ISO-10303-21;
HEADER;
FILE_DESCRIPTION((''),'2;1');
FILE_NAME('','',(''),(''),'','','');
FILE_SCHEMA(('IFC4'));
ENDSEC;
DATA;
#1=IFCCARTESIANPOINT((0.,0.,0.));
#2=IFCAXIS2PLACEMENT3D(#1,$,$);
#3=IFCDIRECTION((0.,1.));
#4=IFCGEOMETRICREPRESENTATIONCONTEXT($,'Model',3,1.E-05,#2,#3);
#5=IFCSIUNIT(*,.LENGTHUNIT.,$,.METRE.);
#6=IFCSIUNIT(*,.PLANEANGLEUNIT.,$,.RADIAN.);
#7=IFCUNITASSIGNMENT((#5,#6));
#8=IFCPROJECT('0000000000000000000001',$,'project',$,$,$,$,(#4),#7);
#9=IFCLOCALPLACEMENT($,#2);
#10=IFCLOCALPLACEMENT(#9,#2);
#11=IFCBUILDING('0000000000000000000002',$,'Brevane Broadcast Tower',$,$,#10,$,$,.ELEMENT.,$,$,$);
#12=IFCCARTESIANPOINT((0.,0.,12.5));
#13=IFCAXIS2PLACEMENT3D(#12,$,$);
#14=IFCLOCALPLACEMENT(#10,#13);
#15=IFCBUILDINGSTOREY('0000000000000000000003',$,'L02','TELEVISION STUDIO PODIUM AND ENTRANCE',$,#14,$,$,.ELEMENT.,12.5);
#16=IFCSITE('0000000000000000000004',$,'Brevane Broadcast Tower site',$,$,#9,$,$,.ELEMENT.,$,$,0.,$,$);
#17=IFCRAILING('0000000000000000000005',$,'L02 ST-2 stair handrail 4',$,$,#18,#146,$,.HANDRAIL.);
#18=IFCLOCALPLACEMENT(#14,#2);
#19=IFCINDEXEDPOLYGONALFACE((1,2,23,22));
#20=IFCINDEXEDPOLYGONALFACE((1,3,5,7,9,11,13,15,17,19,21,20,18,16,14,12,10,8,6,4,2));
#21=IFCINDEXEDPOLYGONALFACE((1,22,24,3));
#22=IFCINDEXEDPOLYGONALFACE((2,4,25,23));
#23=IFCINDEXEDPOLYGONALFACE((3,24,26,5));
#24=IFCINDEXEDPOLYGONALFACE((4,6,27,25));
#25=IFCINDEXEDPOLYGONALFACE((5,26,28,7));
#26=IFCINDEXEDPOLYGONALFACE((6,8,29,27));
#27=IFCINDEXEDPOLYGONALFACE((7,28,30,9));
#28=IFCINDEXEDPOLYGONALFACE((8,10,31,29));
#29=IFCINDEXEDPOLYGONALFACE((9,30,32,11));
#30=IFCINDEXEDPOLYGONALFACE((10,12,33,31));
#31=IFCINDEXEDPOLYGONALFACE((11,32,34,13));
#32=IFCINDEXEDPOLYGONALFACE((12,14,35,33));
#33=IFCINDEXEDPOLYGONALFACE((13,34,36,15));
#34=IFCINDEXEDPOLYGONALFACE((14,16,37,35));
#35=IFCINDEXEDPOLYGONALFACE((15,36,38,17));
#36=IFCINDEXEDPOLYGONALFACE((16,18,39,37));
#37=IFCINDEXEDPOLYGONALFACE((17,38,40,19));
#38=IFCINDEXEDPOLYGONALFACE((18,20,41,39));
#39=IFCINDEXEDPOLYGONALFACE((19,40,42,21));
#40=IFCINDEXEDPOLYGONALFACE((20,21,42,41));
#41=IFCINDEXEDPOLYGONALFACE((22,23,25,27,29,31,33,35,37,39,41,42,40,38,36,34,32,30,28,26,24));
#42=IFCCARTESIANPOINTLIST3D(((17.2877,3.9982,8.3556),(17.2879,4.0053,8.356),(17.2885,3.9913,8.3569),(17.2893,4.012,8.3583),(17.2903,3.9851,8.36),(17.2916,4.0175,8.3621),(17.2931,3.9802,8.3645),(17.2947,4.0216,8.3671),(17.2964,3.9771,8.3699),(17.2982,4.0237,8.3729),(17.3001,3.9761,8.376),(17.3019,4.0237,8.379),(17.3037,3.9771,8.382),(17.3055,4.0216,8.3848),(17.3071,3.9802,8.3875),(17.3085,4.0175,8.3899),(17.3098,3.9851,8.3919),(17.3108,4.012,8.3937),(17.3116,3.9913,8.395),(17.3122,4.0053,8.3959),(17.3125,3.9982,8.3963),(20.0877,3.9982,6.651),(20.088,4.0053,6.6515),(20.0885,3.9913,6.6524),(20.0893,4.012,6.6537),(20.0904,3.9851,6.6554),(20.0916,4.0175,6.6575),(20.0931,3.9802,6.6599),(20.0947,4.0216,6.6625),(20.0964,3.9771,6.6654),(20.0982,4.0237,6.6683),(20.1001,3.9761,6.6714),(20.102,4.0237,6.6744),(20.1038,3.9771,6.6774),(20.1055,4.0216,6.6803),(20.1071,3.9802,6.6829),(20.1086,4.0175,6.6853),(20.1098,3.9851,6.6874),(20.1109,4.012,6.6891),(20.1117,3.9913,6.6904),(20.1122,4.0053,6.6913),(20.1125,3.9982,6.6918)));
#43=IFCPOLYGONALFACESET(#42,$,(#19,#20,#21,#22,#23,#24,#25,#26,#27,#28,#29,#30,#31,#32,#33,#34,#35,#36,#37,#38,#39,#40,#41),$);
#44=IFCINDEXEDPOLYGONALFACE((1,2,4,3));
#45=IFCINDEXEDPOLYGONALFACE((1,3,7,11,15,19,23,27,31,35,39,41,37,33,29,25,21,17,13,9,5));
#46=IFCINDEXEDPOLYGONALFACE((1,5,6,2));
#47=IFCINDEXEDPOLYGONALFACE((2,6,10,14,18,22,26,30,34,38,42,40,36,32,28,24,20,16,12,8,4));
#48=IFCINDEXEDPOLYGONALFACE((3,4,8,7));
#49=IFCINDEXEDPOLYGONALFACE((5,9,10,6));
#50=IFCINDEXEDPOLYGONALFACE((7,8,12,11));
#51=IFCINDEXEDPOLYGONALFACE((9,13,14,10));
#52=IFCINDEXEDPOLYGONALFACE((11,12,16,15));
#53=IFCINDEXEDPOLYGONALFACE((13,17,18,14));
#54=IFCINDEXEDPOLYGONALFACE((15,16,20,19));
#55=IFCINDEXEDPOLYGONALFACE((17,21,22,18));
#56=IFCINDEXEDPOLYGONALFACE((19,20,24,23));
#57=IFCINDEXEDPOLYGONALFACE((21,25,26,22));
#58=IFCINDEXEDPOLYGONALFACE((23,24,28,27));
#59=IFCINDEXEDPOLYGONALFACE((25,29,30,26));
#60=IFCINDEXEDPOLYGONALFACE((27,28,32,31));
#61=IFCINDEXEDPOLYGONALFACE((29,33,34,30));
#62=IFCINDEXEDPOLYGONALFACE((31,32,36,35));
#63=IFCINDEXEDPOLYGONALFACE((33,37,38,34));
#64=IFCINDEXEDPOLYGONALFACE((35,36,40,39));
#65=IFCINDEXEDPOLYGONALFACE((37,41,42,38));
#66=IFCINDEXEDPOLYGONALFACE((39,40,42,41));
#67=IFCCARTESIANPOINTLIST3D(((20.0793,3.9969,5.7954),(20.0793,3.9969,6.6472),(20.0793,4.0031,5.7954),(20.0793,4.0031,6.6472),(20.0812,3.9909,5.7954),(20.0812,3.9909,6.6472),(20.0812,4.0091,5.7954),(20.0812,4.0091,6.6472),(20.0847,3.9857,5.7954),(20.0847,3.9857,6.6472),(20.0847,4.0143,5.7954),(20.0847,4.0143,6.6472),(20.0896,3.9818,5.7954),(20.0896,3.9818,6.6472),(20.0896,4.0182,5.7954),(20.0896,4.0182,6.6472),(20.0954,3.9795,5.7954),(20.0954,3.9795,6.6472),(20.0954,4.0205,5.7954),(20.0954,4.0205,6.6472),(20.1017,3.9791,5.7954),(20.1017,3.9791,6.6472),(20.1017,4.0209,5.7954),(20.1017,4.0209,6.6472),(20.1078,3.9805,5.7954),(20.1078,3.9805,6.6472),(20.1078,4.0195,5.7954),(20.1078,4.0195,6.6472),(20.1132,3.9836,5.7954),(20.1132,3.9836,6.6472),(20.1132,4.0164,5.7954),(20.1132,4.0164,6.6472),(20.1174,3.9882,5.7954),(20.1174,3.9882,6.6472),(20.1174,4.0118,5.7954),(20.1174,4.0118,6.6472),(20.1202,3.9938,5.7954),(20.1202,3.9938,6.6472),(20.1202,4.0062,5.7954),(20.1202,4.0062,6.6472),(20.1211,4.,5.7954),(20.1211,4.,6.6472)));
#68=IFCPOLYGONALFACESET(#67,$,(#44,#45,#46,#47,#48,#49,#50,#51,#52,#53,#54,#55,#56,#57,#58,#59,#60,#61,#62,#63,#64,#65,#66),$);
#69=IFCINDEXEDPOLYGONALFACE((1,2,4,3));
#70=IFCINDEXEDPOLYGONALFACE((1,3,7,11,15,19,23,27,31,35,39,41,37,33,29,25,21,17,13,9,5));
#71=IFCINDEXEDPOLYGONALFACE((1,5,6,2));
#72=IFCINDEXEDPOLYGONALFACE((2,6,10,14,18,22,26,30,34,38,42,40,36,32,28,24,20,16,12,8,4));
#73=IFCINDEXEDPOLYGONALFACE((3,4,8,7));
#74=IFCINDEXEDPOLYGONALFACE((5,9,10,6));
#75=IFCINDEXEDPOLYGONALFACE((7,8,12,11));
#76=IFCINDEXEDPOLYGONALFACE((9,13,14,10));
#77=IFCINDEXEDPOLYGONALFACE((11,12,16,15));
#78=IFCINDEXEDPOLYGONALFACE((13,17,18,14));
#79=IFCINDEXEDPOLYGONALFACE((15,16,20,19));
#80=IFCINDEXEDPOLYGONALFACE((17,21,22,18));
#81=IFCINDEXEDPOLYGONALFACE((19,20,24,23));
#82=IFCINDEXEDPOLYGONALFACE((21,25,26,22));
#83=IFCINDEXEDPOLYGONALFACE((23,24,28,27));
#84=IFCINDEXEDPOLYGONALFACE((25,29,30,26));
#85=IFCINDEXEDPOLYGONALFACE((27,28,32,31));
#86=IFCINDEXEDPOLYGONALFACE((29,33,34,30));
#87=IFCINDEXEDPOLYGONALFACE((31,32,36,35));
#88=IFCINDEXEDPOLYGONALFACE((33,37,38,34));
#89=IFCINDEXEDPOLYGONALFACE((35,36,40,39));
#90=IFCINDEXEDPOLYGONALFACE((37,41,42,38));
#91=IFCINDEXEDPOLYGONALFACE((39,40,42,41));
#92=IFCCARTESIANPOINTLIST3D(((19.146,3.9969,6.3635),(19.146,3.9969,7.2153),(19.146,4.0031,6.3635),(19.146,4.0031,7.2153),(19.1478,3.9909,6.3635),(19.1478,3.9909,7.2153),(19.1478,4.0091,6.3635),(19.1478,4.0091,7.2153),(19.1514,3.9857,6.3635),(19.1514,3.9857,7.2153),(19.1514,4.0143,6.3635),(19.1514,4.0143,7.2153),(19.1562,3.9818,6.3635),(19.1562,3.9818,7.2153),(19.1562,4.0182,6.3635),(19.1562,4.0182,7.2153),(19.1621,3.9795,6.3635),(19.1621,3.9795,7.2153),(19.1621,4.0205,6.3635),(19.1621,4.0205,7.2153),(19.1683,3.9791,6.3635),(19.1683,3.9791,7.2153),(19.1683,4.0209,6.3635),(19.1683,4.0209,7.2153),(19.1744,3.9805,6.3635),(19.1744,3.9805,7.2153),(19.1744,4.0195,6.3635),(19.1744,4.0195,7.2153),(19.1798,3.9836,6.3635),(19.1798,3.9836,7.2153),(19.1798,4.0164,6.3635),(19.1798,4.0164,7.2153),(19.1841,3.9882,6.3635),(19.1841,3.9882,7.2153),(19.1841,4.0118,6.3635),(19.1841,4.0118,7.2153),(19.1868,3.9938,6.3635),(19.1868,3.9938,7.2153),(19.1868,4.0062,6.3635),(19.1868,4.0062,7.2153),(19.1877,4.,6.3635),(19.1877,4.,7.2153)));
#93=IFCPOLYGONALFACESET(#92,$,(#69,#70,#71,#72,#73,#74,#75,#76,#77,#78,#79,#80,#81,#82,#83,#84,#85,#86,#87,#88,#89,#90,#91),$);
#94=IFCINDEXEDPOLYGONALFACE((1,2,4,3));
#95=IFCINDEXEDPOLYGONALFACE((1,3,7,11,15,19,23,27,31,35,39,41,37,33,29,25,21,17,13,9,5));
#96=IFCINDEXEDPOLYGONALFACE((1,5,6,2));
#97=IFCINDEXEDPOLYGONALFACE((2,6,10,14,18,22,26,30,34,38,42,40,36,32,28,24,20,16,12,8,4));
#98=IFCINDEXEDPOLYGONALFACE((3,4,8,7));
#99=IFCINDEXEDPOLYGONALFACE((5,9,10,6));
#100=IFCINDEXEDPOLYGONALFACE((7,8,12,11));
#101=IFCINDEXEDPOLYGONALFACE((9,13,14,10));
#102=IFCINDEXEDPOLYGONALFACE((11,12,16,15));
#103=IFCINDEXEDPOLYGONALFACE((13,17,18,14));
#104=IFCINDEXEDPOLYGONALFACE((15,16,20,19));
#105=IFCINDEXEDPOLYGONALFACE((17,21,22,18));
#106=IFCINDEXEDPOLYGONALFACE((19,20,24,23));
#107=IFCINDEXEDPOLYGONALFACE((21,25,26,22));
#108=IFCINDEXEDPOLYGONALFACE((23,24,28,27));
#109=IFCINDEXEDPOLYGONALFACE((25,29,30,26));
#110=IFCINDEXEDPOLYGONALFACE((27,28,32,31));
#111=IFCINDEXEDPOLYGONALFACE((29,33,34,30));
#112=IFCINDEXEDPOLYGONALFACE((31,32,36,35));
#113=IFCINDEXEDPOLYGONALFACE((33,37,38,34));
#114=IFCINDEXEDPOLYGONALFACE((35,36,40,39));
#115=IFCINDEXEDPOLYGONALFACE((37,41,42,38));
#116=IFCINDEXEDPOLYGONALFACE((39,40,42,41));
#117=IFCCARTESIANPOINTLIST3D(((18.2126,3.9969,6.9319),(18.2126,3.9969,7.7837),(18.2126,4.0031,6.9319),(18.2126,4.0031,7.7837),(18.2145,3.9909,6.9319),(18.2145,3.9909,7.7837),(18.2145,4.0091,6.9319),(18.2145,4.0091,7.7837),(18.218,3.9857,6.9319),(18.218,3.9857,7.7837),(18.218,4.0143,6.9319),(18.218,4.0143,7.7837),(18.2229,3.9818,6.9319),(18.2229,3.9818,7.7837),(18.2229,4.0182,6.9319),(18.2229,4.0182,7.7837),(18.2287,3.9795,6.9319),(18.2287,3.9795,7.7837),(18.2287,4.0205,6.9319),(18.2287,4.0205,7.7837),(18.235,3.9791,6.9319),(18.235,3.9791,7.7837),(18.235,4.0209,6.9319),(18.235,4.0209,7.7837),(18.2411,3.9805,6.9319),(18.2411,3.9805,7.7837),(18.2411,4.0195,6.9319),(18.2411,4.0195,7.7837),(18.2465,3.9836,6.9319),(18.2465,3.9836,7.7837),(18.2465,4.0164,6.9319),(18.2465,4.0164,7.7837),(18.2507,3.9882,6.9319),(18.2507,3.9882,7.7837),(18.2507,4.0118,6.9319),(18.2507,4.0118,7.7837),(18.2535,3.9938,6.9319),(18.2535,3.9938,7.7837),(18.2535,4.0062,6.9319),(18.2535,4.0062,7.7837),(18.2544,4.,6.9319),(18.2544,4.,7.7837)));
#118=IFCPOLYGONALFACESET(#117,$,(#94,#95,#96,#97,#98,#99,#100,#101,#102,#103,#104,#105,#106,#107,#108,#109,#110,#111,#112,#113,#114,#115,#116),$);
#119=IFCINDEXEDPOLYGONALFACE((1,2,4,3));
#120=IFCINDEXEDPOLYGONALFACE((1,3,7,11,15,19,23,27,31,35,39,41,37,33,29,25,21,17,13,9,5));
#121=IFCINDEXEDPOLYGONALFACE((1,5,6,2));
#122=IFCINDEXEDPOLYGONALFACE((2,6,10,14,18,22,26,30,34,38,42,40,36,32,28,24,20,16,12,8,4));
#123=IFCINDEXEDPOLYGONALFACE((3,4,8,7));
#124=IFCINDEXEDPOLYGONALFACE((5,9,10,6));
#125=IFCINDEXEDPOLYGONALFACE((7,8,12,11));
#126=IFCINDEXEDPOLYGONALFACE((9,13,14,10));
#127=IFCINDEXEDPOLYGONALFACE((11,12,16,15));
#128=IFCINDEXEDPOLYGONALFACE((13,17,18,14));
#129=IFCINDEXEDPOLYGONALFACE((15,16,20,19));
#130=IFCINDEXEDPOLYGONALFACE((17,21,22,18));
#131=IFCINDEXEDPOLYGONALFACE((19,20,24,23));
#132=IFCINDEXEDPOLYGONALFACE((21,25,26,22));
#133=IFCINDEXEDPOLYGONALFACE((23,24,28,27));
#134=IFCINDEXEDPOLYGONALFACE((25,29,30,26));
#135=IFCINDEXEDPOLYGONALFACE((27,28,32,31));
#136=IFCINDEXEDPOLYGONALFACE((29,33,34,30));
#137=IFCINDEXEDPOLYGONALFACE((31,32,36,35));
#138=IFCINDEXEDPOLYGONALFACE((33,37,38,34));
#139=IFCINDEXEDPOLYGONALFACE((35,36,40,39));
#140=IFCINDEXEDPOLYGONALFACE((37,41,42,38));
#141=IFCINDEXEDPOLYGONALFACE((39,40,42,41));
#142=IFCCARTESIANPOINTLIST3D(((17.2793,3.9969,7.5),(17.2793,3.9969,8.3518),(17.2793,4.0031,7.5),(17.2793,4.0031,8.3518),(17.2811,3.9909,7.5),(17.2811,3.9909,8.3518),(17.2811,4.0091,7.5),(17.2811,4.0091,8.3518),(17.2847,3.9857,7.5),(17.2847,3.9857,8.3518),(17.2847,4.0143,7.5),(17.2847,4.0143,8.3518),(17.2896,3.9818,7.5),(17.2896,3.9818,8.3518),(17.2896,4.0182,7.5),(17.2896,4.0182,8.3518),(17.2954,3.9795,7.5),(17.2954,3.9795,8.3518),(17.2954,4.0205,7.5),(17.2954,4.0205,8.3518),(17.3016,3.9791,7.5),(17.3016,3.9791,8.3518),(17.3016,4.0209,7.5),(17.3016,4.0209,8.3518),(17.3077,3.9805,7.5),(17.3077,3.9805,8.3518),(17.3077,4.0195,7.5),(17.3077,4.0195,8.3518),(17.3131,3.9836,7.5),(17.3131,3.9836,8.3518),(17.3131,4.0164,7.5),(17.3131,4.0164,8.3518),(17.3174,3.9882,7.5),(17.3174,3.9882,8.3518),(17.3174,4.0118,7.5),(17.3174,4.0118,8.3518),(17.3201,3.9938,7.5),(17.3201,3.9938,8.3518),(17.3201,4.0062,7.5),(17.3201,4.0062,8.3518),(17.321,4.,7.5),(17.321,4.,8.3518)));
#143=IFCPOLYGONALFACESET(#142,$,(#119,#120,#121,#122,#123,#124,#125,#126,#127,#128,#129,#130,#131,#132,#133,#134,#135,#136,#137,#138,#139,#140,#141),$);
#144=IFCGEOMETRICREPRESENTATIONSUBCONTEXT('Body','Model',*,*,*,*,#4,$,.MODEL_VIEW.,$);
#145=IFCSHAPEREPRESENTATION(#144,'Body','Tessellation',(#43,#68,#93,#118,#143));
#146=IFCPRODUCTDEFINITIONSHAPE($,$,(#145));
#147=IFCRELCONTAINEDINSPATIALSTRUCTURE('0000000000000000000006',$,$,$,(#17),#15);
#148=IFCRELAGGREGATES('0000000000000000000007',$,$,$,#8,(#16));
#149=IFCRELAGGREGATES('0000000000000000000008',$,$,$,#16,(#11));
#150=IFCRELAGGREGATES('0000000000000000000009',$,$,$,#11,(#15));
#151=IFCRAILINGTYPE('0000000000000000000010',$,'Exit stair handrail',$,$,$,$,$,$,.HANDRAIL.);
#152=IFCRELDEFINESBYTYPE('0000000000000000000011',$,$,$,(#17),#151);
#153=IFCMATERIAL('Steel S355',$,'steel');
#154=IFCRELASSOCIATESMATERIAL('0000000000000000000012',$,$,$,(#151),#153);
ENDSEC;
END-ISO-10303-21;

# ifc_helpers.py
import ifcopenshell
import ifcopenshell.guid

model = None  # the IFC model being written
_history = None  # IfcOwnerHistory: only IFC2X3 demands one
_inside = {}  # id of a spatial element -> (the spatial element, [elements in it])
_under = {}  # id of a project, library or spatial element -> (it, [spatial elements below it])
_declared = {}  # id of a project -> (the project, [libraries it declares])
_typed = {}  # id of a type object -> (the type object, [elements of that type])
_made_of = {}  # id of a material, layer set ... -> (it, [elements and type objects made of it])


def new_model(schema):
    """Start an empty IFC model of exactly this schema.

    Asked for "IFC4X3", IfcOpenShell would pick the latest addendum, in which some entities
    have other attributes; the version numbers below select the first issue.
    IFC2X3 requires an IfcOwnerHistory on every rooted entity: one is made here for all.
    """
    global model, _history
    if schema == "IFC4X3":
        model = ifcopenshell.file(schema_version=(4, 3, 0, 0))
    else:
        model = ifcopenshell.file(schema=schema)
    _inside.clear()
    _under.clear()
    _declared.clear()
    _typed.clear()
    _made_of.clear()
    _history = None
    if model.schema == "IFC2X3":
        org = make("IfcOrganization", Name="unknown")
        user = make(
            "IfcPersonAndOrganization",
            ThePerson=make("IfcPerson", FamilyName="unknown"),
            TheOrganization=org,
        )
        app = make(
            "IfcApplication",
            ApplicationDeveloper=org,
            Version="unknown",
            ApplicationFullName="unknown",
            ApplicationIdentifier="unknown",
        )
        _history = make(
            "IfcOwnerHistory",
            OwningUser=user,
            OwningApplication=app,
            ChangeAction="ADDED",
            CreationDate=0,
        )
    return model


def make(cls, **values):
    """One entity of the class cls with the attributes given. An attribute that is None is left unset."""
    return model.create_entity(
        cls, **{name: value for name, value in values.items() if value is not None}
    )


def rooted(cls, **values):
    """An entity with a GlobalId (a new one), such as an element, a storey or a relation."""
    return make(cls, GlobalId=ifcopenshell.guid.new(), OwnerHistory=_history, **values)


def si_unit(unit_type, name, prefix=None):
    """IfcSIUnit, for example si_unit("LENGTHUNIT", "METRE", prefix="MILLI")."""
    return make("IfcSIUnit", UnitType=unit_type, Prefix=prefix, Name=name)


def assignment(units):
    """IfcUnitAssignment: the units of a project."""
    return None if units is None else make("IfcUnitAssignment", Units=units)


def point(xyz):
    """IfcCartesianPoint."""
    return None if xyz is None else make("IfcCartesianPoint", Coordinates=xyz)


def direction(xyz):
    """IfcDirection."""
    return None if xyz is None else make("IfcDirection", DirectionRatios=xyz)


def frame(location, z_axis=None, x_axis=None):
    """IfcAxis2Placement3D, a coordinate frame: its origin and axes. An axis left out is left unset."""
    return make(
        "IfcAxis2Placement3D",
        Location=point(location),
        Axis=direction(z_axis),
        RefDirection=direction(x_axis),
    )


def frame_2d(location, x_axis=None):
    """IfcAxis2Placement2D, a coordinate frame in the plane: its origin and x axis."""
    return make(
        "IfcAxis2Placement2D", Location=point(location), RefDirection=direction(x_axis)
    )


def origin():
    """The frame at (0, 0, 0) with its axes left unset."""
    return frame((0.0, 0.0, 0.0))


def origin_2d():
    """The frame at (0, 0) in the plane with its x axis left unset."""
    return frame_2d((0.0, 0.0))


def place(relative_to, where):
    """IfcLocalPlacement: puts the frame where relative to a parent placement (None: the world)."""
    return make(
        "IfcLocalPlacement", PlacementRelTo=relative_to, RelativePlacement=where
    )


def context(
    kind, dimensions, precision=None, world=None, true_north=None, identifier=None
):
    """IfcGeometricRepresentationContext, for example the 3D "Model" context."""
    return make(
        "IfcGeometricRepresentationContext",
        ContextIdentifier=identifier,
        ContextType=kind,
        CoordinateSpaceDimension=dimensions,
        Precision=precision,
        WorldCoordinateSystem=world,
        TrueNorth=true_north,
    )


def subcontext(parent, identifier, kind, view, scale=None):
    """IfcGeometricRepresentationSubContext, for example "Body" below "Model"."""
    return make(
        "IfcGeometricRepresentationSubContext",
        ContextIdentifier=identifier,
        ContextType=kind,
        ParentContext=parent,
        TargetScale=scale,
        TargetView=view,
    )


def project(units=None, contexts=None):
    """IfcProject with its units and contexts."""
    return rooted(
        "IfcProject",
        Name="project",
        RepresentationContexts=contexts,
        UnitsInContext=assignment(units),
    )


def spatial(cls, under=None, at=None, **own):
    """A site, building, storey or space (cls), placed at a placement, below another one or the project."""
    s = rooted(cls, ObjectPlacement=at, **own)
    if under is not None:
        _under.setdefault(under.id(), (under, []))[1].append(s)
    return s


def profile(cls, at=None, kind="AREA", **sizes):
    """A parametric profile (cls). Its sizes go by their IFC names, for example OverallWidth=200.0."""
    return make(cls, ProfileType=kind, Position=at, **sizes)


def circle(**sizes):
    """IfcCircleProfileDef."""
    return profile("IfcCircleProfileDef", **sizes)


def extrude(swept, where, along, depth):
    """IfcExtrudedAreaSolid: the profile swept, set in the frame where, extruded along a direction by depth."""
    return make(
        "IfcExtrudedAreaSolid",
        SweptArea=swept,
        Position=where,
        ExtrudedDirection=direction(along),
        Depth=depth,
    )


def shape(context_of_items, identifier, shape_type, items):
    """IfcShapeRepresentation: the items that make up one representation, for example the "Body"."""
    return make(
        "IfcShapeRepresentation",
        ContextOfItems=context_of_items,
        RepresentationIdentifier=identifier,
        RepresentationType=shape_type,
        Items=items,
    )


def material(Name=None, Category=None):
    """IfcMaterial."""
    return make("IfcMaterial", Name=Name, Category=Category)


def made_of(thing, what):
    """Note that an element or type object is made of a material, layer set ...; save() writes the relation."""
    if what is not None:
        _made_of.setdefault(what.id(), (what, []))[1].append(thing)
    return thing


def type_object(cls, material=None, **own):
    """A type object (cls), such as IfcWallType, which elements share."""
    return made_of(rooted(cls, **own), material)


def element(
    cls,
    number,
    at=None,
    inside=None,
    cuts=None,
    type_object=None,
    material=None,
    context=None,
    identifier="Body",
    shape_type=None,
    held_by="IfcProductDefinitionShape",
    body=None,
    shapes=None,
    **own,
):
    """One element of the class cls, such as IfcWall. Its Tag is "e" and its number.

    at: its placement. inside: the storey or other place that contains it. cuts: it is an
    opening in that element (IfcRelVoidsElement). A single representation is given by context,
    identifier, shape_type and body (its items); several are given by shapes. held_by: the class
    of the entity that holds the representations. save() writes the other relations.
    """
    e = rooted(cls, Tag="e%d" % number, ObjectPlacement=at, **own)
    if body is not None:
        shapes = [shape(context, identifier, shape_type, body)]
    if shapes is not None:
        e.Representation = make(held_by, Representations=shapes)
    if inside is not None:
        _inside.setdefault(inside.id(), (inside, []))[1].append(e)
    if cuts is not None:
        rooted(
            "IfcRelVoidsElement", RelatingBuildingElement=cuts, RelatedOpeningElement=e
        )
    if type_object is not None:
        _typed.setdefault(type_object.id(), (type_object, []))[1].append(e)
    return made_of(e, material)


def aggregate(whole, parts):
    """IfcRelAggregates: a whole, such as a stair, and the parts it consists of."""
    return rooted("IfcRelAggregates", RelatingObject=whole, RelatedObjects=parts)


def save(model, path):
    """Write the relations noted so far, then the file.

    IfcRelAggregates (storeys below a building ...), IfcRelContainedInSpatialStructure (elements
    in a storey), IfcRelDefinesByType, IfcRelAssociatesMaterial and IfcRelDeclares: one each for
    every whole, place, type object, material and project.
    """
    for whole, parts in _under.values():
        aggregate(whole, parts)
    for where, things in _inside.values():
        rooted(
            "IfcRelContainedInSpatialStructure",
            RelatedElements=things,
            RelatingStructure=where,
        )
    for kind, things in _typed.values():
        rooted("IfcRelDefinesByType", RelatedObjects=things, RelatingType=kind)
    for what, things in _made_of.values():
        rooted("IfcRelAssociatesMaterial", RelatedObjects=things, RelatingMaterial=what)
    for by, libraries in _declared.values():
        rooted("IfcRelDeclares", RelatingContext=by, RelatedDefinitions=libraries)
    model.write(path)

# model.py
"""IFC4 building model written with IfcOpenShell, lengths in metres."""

from ifc_helpers import new_model, si_unit, direction, frame, origin, origin_2d, place, context, subcontext, project, spatial, circle, extrude, material, type_object, element, save


model = new_model("IFC4")

# Units and contexts
model_context = context("Model", 3, precision=1e-05, world=origin(), true_north=direction((0.0, 1.0)))
body_context = subcontext(model_context, "Body", "Model", "MODEL_VIEW")
ifc_project = project(units=[si_unit("LENGTHUNIT", "METRE"), si_unit("PLANEANGLEUNIT", "RADIAN")], contexts=[model_context])

# Site, building, storey
site_placement = place(None, origin())
site = spatial("IfcSite", under=ifc_project, at=site_placement, Name="Brevane Broadcast Tower site", CompositionType="ELEMENT", RefElevation=0.0)
building_placement = place(site_placement, origin())
building = spatial("IfcBuilding", under=site, at=building_placement, Name="Brevane Broadcast Tower", CompositionType="ELEMENT")
storey_placement = place(building_placement, frame((0.0, 0.0, 12.5)))
storey = spatial("IfcBuildingStorey", under=building, at=storey_placement, Name="L02", Description="TELEVISION STUDIO PODIUM AND ENTRANCE", CompositionType="ELEMENT", Elevation=12.5)

# Railing
ifc_material_1 = material(Name="Steel S355", Category="steel")
railing_type_1 = type_object("IfcRailingType", Name="Exit stair handrail", PredefinedType="HANDRAIL", material=ifc_material_1)
railing_1_placement = place(storey_placement, frame((20.1001, 4.0, 5.7954)))
element("IfcRailing", 1, at=railing_1_placement, inside=storey, type_object=railing_type_1, Name="L02 ST-2 stair handrail 4", PredefinedType="HANDRAIL", context=body_context, shape_type="SweptSolid", body=[
    extrude(circle(Radius=0.0239, at=origin_2d()), frame((0.0, 0.0, 0.876), z_axis=(-0.85417, 0.0, 0.519994), x_axis=(0.0, -1.0, 0.0)), (0.0, 0.0, 1.0), 3.2781),
    extrude(circle(Radius=0.021, at=origin_2d()), origin(), (0.0, 0.0, 1.0), 0.8518),
    extrude(circle(Radius=0.021, at=origin_2d()), frame((-0.9333, 0.0, 0.5681)), (0.0, 0.0, 1.0), 0.8518),
    extrude(circle(Radius=0.021, at=origin_2d()), frame((-1.8667, 0.0, 1.1365)), (0.0, 0.0, 1.0), 0.8518),
    extrude(circle(Radius=0.021, at=origin_2d()), frame((-2.8, 0.0, 1.7046)), (0.0, 0.0, 1.0), 0.8518),
])

save(model, "model.ifc")
